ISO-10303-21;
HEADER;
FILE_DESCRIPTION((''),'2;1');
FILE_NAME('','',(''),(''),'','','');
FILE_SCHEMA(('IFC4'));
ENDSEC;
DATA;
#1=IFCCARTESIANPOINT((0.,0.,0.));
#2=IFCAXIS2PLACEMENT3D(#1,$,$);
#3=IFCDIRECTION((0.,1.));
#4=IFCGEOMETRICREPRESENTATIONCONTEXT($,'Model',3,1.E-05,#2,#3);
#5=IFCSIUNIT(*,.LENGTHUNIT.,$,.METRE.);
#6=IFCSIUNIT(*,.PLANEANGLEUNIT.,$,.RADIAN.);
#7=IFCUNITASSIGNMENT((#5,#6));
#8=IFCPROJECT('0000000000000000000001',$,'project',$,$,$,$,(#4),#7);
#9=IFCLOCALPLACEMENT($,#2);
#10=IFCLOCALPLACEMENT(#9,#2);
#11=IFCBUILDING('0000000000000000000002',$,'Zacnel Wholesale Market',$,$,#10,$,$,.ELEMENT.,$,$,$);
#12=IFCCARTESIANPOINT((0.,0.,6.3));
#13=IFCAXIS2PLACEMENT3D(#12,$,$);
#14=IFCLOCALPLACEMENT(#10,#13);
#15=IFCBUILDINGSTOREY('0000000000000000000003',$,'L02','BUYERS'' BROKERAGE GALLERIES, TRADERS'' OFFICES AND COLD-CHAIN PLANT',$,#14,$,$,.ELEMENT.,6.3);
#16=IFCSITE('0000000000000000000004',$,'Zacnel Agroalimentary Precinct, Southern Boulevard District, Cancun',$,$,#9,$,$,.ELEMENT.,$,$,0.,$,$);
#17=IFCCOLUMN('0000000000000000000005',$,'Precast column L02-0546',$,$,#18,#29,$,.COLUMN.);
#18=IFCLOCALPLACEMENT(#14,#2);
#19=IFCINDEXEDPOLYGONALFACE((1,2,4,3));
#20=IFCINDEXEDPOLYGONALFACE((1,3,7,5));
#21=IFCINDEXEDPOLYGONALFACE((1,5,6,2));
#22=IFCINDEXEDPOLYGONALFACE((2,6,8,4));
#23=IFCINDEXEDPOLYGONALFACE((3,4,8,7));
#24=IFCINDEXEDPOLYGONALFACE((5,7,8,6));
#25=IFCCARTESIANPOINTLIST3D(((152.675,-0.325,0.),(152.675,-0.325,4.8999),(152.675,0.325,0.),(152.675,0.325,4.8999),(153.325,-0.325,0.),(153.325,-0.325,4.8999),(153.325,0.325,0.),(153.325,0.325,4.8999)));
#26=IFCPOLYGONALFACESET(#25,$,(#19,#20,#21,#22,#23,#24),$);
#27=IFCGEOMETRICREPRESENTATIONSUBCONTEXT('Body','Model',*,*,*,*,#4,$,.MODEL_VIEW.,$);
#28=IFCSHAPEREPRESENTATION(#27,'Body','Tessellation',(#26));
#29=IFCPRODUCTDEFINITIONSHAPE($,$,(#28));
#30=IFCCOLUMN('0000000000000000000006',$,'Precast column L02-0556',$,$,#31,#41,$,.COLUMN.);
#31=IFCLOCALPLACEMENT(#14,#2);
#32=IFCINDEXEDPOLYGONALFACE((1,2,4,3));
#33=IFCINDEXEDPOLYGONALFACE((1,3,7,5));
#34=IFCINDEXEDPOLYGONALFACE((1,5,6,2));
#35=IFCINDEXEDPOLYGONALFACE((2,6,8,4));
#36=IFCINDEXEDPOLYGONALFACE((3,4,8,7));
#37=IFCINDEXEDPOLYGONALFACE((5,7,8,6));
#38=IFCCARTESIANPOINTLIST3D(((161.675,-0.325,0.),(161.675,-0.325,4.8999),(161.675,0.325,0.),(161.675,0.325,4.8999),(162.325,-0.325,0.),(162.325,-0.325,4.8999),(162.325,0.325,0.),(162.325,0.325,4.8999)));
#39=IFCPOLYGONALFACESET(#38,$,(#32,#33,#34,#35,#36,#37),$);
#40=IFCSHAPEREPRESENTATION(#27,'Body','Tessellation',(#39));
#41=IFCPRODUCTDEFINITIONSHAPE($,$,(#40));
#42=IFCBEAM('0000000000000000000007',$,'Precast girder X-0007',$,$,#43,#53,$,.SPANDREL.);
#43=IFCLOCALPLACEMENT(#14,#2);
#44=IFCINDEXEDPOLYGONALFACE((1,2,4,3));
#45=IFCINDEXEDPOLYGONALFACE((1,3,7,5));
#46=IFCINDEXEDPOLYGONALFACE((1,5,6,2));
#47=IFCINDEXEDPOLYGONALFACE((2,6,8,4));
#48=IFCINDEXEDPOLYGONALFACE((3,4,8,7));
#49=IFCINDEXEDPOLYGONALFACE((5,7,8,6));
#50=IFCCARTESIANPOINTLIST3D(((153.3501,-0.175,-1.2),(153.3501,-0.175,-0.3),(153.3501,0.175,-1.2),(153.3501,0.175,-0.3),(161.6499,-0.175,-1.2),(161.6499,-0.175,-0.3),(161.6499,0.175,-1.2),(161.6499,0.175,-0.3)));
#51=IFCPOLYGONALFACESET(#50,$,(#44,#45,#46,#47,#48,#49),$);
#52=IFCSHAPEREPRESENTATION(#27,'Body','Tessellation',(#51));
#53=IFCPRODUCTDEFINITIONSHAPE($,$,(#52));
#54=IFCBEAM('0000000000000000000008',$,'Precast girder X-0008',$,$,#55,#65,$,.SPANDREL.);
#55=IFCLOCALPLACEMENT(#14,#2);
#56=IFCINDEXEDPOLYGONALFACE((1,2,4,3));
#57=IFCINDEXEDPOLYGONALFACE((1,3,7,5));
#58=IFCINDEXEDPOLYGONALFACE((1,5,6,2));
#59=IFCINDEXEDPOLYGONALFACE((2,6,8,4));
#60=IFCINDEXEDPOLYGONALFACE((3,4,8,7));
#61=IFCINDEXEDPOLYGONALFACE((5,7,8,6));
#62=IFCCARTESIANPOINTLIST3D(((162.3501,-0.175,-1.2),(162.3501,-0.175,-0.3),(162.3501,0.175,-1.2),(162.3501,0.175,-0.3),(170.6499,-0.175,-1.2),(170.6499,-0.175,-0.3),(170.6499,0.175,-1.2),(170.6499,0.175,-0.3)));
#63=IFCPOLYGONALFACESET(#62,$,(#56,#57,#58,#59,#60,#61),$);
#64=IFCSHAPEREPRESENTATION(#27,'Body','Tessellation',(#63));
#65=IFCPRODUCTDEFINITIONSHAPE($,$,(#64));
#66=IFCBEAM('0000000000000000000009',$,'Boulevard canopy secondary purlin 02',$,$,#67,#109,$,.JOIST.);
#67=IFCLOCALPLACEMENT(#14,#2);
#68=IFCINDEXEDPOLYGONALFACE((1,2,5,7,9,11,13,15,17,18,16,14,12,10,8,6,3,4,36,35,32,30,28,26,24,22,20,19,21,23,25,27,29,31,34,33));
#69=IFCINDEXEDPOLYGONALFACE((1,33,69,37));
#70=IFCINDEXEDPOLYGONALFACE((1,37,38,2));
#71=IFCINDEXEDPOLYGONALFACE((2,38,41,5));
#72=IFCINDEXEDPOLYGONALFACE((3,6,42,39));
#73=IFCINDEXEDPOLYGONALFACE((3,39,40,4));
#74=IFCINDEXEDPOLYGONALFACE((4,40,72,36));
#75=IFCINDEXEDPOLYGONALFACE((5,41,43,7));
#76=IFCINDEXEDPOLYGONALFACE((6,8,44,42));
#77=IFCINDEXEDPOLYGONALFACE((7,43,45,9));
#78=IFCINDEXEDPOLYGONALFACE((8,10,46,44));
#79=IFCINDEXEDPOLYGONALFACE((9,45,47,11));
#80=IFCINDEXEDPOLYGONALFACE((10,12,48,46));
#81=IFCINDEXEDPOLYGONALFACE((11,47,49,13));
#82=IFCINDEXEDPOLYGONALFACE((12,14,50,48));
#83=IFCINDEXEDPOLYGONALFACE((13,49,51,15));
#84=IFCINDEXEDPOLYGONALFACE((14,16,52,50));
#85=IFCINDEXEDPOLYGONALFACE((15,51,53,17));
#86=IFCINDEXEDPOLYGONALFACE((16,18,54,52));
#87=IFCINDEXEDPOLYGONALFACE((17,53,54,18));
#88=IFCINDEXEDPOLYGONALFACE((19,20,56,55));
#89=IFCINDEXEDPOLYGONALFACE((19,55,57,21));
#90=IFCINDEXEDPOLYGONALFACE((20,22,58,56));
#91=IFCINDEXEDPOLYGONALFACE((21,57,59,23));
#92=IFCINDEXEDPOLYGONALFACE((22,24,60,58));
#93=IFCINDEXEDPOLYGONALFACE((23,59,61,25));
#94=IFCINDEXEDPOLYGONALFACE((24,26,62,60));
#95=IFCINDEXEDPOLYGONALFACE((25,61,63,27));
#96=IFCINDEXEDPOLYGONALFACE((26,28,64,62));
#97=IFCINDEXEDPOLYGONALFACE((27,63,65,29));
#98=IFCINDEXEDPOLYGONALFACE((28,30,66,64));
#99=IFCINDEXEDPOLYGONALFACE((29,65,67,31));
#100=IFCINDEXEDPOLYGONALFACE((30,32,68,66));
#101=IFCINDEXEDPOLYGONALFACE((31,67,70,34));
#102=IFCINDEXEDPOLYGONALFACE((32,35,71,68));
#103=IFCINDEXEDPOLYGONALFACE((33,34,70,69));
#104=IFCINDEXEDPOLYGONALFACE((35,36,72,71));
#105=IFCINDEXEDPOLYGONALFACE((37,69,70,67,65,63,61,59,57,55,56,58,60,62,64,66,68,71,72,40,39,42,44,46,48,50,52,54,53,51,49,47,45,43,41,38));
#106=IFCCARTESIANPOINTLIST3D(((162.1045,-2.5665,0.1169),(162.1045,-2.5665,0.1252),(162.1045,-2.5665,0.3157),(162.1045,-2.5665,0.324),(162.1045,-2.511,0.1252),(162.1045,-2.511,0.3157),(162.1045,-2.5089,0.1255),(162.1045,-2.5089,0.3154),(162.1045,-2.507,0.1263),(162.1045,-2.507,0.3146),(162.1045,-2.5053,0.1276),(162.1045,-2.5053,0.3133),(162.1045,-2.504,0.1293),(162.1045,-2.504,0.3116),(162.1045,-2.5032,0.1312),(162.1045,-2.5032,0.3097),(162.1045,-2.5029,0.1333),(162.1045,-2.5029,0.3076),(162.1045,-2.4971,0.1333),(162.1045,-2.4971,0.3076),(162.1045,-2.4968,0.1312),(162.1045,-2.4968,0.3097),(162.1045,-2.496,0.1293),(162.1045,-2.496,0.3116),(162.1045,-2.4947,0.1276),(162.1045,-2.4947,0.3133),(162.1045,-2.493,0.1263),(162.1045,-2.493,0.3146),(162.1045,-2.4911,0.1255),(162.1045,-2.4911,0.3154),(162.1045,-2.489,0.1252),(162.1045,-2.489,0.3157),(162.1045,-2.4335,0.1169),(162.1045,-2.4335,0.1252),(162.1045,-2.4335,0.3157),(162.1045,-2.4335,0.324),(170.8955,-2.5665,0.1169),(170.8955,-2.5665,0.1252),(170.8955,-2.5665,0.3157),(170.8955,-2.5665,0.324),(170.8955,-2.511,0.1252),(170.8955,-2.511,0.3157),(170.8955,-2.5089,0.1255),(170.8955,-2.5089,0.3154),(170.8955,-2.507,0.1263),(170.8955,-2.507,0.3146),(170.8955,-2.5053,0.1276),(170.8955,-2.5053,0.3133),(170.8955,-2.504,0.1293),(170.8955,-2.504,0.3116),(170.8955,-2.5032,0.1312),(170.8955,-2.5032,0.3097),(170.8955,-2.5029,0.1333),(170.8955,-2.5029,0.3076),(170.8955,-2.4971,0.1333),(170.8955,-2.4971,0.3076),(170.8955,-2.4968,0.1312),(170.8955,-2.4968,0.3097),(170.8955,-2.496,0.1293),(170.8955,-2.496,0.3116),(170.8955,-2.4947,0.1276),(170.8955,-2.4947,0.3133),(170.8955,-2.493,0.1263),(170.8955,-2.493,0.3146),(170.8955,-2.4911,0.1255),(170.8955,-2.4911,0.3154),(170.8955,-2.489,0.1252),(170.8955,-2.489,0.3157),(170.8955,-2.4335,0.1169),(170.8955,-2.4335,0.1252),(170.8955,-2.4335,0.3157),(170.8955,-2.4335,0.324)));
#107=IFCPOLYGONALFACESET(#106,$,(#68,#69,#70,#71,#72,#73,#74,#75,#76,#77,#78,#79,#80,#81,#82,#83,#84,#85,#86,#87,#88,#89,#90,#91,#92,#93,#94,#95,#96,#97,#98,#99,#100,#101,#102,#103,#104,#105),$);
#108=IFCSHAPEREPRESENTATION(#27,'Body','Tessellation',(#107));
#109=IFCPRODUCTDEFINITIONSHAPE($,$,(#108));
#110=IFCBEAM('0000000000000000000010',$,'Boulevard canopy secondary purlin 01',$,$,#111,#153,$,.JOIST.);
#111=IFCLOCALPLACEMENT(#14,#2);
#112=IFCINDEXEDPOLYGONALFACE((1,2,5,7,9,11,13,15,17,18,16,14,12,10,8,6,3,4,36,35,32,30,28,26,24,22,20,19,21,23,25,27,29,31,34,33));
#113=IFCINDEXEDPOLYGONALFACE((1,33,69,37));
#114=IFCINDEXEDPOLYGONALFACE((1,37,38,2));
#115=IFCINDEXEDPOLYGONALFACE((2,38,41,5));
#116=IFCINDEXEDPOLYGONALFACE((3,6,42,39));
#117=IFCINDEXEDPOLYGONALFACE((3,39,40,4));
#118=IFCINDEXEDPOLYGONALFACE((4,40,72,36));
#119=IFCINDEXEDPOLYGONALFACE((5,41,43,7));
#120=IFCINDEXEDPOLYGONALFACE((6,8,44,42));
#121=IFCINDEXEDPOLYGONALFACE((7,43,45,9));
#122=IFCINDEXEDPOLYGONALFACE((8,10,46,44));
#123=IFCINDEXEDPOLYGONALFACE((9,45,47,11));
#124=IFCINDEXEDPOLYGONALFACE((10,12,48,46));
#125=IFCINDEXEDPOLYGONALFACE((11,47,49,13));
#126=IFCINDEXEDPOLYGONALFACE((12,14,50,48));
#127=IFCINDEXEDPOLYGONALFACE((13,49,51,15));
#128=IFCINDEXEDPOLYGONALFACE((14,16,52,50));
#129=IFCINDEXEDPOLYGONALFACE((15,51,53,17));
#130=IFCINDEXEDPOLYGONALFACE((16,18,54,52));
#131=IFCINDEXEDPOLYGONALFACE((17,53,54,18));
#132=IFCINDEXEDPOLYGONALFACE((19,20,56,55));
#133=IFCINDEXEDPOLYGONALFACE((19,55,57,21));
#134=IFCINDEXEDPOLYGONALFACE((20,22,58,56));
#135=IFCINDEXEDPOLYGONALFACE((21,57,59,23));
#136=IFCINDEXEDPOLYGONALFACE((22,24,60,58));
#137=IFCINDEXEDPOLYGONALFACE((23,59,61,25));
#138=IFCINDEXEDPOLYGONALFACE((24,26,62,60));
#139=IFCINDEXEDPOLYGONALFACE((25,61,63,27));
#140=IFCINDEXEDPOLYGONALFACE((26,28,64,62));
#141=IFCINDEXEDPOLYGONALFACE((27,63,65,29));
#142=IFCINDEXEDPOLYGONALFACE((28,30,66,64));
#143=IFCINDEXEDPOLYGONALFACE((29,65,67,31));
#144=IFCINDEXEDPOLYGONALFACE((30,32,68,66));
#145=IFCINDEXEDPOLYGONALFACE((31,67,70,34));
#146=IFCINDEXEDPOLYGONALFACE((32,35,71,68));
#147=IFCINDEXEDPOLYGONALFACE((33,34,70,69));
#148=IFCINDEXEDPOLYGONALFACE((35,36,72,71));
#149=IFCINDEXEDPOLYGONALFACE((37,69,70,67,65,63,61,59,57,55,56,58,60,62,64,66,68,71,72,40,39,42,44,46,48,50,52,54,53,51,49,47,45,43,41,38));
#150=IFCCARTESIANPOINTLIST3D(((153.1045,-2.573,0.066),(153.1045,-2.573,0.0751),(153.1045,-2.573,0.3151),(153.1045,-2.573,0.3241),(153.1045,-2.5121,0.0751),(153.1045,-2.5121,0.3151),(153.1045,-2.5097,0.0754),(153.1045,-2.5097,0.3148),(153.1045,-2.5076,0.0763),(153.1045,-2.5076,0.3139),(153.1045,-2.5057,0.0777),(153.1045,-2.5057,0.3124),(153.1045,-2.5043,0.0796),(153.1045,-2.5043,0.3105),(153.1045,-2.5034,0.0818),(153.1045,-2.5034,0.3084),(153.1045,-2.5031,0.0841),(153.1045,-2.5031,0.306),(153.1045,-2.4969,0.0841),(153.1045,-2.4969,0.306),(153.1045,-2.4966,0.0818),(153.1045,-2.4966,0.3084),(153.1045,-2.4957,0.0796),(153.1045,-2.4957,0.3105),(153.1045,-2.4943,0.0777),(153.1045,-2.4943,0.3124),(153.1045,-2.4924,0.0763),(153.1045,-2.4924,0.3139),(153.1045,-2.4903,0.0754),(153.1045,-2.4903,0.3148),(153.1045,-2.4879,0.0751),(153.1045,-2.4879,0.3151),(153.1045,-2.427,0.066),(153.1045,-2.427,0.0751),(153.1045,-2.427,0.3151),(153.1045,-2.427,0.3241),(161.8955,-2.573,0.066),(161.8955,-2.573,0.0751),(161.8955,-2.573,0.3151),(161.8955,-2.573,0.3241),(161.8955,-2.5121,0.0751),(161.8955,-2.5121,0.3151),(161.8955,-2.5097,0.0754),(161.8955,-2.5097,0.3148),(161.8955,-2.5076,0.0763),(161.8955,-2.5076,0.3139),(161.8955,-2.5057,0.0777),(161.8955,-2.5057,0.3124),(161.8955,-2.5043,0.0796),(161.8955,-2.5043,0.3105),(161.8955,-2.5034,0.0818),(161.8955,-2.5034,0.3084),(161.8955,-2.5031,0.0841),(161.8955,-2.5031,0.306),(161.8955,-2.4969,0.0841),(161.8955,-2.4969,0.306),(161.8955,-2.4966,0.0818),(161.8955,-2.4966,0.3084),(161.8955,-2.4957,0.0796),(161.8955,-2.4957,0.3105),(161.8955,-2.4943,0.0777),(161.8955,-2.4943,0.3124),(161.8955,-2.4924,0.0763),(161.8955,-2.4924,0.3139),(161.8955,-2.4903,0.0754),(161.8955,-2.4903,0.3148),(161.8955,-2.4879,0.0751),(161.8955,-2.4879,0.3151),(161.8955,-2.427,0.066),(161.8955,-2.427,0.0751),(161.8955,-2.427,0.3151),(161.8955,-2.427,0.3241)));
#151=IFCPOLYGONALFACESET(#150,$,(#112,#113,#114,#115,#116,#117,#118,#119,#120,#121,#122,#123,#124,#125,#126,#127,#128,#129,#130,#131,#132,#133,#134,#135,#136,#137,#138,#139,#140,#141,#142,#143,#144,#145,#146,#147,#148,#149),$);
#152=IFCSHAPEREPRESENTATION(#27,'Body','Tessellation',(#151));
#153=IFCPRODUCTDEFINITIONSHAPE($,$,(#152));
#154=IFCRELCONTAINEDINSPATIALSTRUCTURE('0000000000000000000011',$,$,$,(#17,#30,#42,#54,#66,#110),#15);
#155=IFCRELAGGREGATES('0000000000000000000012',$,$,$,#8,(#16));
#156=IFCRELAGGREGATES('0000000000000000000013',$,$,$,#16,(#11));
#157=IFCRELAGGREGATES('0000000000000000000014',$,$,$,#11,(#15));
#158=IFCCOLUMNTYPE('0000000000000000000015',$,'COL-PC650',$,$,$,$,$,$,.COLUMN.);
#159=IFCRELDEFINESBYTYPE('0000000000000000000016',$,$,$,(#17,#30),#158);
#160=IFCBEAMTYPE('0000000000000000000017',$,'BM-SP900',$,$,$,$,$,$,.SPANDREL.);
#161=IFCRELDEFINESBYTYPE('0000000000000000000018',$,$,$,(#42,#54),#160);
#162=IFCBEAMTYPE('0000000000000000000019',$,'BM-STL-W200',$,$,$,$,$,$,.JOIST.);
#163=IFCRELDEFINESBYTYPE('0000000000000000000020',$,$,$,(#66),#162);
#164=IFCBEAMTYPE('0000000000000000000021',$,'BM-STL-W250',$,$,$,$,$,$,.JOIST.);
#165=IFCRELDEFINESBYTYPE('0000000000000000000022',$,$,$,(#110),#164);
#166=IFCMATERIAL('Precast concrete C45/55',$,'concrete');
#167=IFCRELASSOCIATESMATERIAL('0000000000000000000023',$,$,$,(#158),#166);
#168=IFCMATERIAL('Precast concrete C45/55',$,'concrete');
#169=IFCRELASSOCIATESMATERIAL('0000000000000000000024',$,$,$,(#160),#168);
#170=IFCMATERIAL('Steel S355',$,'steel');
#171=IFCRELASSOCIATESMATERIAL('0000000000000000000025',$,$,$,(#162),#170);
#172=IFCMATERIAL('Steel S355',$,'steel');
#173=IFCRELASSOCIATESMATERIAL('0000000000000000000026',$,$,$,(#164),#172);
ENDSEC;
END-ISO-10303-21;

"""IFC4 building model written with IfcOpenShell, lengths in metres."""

from ifc_helpers import new_model, si_unit, direction, frame, origin, origin_2d, place, context, subcontext, project, spatial, rectangle, i_section, extrude, material, material_profile, profile_set, type_object, element, save


model = new_model("IFC4")

# Units and contexts
model_context = context("Model", 3, precision=1e-05, world=origin(), true_north=direction((0.0, 1.0)))
body_context = subcontext(model_context, "Body", "Model", "MODEL_VIEW")
ifc_project = project(units=[si_unit("LENGTHUNIT", "METRE"), si_unit("PLANEANGLEUNIT", "RADIAN")], contexts=[model_context])

# Site, building, storey
site_placement = place(None, origin())
site = spatial("IfcSite", under=ifc_project, at=site_placement, Name="Zacnel Agroalimentary Precinct, Southern Boulevard District, Cancun", CompositionType="ELEMENT", RefElevation=0.0)
building_placement = place(site_placement, origin())
building = spatial("IfcBuilding", under=site, at=building_placement, Name="Zacnel Wholesale Market", CompositionType="ELEMENT")
storey_placement = place(building_placement, frame((0.0, 0.0, 6.3)))
storey = spatial("IfcBuildingStorey", under=building, at=storey_placement, Name="L02", Description="BUYERS' BROKERAGE GALLERIES, TRADERS' OFFICES AND COLD-CHAIN PLANT", CompositionType="ELEMENT", Elevation=6.3)

# Columns
ifc_material_1 = material(Name="Precast concrete C45/55", Category="concrete")
ifc_material_profile_1 = material_profile(ifc_material_1, rectangle(XDim=0.6499, YDim=0.6499, at=origin_2d()), Name="PC 650x650")
ifc_profile_set_1 = profile_set([ifc_material_profile_1], Name="Precast concrete C45/55")
column_type = type_object("IfcColumnType", Name="COL-PC650", PredefinedType="COLUMN", material=ifc_profile_set_1)
for number, where, z_axis, x_axis, name in (
    (1, (153.0, 0.0, 0.0), (0.0, 0.0, 1.0), (1.0, 0.0, 0.0), "Precast column L02-0546"),
    (2, (162.0, 0.0, 0.0), (0.0, 0.0, 1.0), (1.0, 0.0, 0.0), "Precast column L02-0556"),
):
    element("IfcColumn", number, at=place(storey_placement, frame(where, z_axis=z_axis, x_axis=x_axis)), inside=storey, type_object=column_type, Name=name, PredefinedType="COLUMN", context=body_context, shape_type="SweptSolid", body=[
        extrude(rectangle(XDim=0.6499, YDim=0.6499, at=origin_2d()), origin(), (0.0, 0.0, 1.0), 4.8999),
    ])

# Beams
ifc_material_2 = material(Name="Precast concrete C45/55", Category="concrete")
ifc_material_profile_2 = material_profile(ifc_material_2, rectangle(XDim=0.3501, YDim=0.8999, at=origin_2d()), Name="SP 350x900")
ifc_profile_set_2 = profile_set([ifc_material_profile_2], Name="Precast concrete C45/55")
beam_type_1 = type_object("IfcBeamType", Name="BM-SP900", PredefinedType="SPANDREL", material=ifc_profile_set_2)
for number, where, z_axis, x_axis, name in (
    (3, (153.3501, 0.0, -0.75), (1.0, 0.0, 0.0), (0.0, 1.0, 0.0), "Precast girder X-0007"),
    (4, (162.3501, 0.0, -0.75), (1.0, 0.0, 0.0), (0.0, 1.0, 0.0), "Precast girder X-0008"),
):
    element("IfcBeam", number, at=place(storey_placement, frame(where, z_axis=z_axis, x_axis=x_axis)), inside=storey, type_object=beam_type_1, Name=name, PredefinedType="SPANDREL", context=body_context, shape_type="SweptSolid", body=[
        extrude(rectangle(XDim=0.3501, YDim=0.8999, at=origin_2d()), origin(), (0.0, 0.0, 1.0), 8.2998),
    ])
ifc_material_3 = material(Name="Steel S355", Category="steel")
ifc_material_profile_3 = material_profile(ifc_material_3, i_section(OverallWidth=0.1331, OverallDepth=0.207, WebThickness=0.0059, FlangeThickness=0.0083, FilletRadius=0.0081, at=origin_2d()), Name="W200X26.6")
ifc_profile_set_3 = profile_set([ifc_material_profile_3], Name="Steel S355")
beam_type_2 = type_object("IfcBeamType", Name="BM-STL-W200", PredefinedType="JOIST", material=ifc_profile_set_3)
beam_1_placement = place(storey_placement, frame((162.1045, -2.5, 0.2205), z_axis=(1.0, 0.0, 0.0), x_axis=(0.0, 1.0, 0.0)))
element("IfcBeam", 5, at=beam_1_placement, inside=storey, type_object=beam_type_2, Name="Boulevard canopy secondary purlin 02", PredefinedType="JOIST", context=body_context, shape_type="SweptSolid", body=[
    extrude(i_section(OverallWidth=0.1331, OverallDepth=0.207, WebThickness=0.0059, FlangeThickness=0.0083, FilletRadius=0.0081, at=origin_2d()), origin(), (0.0, 0.0, 1.0), 8.791),
])
ifc_material_4 = material(Name="Steel S355", Category="steel")
ifc_material_profile_4 = material_profile(ifc_material_4, i_section(OverallWidth=0.146, OverallDepth=0.2581, WebThickness=0.0061, FlangeThickness=0.009, FilletRadius=0.009, at=origin_2d()), Name="W250X32.7")
ifc_profile_set_4 = profile_set([ifc_material_profile_4], Name="Steel S355")
beam_type_3 = type_object("IfcBeamType", Name="BM-STL-W250", PredefinedType="JOIST", material=ifc_profile_set_4)
beam_2_placement = place(storey_placement, frame((153.1045, -2.5, 0.1951), z_axis=(1.0, 0.0, 0.0), x_axis=(0.0, 1.0, 0.0)))
element("IfcBeam", 6, at=beam_2_placement, inside=storey, type_object=beam_type_3, Name="Boulevard canopy secondary purlin 01", PredefinedType="JOIST", context=body_context, shape_type="SweptSolid", body=[
    extrude(i_section(OverallWidth=0.146, OverallDepth=0.2581, WebThickness=0.0061, FlangeThickness=0.009, FilletRadius=0.009, at=origin_2d()), origin(), (0.0, 0.0, 1.0), 8.791),
])

save(model, "model.ifc")
